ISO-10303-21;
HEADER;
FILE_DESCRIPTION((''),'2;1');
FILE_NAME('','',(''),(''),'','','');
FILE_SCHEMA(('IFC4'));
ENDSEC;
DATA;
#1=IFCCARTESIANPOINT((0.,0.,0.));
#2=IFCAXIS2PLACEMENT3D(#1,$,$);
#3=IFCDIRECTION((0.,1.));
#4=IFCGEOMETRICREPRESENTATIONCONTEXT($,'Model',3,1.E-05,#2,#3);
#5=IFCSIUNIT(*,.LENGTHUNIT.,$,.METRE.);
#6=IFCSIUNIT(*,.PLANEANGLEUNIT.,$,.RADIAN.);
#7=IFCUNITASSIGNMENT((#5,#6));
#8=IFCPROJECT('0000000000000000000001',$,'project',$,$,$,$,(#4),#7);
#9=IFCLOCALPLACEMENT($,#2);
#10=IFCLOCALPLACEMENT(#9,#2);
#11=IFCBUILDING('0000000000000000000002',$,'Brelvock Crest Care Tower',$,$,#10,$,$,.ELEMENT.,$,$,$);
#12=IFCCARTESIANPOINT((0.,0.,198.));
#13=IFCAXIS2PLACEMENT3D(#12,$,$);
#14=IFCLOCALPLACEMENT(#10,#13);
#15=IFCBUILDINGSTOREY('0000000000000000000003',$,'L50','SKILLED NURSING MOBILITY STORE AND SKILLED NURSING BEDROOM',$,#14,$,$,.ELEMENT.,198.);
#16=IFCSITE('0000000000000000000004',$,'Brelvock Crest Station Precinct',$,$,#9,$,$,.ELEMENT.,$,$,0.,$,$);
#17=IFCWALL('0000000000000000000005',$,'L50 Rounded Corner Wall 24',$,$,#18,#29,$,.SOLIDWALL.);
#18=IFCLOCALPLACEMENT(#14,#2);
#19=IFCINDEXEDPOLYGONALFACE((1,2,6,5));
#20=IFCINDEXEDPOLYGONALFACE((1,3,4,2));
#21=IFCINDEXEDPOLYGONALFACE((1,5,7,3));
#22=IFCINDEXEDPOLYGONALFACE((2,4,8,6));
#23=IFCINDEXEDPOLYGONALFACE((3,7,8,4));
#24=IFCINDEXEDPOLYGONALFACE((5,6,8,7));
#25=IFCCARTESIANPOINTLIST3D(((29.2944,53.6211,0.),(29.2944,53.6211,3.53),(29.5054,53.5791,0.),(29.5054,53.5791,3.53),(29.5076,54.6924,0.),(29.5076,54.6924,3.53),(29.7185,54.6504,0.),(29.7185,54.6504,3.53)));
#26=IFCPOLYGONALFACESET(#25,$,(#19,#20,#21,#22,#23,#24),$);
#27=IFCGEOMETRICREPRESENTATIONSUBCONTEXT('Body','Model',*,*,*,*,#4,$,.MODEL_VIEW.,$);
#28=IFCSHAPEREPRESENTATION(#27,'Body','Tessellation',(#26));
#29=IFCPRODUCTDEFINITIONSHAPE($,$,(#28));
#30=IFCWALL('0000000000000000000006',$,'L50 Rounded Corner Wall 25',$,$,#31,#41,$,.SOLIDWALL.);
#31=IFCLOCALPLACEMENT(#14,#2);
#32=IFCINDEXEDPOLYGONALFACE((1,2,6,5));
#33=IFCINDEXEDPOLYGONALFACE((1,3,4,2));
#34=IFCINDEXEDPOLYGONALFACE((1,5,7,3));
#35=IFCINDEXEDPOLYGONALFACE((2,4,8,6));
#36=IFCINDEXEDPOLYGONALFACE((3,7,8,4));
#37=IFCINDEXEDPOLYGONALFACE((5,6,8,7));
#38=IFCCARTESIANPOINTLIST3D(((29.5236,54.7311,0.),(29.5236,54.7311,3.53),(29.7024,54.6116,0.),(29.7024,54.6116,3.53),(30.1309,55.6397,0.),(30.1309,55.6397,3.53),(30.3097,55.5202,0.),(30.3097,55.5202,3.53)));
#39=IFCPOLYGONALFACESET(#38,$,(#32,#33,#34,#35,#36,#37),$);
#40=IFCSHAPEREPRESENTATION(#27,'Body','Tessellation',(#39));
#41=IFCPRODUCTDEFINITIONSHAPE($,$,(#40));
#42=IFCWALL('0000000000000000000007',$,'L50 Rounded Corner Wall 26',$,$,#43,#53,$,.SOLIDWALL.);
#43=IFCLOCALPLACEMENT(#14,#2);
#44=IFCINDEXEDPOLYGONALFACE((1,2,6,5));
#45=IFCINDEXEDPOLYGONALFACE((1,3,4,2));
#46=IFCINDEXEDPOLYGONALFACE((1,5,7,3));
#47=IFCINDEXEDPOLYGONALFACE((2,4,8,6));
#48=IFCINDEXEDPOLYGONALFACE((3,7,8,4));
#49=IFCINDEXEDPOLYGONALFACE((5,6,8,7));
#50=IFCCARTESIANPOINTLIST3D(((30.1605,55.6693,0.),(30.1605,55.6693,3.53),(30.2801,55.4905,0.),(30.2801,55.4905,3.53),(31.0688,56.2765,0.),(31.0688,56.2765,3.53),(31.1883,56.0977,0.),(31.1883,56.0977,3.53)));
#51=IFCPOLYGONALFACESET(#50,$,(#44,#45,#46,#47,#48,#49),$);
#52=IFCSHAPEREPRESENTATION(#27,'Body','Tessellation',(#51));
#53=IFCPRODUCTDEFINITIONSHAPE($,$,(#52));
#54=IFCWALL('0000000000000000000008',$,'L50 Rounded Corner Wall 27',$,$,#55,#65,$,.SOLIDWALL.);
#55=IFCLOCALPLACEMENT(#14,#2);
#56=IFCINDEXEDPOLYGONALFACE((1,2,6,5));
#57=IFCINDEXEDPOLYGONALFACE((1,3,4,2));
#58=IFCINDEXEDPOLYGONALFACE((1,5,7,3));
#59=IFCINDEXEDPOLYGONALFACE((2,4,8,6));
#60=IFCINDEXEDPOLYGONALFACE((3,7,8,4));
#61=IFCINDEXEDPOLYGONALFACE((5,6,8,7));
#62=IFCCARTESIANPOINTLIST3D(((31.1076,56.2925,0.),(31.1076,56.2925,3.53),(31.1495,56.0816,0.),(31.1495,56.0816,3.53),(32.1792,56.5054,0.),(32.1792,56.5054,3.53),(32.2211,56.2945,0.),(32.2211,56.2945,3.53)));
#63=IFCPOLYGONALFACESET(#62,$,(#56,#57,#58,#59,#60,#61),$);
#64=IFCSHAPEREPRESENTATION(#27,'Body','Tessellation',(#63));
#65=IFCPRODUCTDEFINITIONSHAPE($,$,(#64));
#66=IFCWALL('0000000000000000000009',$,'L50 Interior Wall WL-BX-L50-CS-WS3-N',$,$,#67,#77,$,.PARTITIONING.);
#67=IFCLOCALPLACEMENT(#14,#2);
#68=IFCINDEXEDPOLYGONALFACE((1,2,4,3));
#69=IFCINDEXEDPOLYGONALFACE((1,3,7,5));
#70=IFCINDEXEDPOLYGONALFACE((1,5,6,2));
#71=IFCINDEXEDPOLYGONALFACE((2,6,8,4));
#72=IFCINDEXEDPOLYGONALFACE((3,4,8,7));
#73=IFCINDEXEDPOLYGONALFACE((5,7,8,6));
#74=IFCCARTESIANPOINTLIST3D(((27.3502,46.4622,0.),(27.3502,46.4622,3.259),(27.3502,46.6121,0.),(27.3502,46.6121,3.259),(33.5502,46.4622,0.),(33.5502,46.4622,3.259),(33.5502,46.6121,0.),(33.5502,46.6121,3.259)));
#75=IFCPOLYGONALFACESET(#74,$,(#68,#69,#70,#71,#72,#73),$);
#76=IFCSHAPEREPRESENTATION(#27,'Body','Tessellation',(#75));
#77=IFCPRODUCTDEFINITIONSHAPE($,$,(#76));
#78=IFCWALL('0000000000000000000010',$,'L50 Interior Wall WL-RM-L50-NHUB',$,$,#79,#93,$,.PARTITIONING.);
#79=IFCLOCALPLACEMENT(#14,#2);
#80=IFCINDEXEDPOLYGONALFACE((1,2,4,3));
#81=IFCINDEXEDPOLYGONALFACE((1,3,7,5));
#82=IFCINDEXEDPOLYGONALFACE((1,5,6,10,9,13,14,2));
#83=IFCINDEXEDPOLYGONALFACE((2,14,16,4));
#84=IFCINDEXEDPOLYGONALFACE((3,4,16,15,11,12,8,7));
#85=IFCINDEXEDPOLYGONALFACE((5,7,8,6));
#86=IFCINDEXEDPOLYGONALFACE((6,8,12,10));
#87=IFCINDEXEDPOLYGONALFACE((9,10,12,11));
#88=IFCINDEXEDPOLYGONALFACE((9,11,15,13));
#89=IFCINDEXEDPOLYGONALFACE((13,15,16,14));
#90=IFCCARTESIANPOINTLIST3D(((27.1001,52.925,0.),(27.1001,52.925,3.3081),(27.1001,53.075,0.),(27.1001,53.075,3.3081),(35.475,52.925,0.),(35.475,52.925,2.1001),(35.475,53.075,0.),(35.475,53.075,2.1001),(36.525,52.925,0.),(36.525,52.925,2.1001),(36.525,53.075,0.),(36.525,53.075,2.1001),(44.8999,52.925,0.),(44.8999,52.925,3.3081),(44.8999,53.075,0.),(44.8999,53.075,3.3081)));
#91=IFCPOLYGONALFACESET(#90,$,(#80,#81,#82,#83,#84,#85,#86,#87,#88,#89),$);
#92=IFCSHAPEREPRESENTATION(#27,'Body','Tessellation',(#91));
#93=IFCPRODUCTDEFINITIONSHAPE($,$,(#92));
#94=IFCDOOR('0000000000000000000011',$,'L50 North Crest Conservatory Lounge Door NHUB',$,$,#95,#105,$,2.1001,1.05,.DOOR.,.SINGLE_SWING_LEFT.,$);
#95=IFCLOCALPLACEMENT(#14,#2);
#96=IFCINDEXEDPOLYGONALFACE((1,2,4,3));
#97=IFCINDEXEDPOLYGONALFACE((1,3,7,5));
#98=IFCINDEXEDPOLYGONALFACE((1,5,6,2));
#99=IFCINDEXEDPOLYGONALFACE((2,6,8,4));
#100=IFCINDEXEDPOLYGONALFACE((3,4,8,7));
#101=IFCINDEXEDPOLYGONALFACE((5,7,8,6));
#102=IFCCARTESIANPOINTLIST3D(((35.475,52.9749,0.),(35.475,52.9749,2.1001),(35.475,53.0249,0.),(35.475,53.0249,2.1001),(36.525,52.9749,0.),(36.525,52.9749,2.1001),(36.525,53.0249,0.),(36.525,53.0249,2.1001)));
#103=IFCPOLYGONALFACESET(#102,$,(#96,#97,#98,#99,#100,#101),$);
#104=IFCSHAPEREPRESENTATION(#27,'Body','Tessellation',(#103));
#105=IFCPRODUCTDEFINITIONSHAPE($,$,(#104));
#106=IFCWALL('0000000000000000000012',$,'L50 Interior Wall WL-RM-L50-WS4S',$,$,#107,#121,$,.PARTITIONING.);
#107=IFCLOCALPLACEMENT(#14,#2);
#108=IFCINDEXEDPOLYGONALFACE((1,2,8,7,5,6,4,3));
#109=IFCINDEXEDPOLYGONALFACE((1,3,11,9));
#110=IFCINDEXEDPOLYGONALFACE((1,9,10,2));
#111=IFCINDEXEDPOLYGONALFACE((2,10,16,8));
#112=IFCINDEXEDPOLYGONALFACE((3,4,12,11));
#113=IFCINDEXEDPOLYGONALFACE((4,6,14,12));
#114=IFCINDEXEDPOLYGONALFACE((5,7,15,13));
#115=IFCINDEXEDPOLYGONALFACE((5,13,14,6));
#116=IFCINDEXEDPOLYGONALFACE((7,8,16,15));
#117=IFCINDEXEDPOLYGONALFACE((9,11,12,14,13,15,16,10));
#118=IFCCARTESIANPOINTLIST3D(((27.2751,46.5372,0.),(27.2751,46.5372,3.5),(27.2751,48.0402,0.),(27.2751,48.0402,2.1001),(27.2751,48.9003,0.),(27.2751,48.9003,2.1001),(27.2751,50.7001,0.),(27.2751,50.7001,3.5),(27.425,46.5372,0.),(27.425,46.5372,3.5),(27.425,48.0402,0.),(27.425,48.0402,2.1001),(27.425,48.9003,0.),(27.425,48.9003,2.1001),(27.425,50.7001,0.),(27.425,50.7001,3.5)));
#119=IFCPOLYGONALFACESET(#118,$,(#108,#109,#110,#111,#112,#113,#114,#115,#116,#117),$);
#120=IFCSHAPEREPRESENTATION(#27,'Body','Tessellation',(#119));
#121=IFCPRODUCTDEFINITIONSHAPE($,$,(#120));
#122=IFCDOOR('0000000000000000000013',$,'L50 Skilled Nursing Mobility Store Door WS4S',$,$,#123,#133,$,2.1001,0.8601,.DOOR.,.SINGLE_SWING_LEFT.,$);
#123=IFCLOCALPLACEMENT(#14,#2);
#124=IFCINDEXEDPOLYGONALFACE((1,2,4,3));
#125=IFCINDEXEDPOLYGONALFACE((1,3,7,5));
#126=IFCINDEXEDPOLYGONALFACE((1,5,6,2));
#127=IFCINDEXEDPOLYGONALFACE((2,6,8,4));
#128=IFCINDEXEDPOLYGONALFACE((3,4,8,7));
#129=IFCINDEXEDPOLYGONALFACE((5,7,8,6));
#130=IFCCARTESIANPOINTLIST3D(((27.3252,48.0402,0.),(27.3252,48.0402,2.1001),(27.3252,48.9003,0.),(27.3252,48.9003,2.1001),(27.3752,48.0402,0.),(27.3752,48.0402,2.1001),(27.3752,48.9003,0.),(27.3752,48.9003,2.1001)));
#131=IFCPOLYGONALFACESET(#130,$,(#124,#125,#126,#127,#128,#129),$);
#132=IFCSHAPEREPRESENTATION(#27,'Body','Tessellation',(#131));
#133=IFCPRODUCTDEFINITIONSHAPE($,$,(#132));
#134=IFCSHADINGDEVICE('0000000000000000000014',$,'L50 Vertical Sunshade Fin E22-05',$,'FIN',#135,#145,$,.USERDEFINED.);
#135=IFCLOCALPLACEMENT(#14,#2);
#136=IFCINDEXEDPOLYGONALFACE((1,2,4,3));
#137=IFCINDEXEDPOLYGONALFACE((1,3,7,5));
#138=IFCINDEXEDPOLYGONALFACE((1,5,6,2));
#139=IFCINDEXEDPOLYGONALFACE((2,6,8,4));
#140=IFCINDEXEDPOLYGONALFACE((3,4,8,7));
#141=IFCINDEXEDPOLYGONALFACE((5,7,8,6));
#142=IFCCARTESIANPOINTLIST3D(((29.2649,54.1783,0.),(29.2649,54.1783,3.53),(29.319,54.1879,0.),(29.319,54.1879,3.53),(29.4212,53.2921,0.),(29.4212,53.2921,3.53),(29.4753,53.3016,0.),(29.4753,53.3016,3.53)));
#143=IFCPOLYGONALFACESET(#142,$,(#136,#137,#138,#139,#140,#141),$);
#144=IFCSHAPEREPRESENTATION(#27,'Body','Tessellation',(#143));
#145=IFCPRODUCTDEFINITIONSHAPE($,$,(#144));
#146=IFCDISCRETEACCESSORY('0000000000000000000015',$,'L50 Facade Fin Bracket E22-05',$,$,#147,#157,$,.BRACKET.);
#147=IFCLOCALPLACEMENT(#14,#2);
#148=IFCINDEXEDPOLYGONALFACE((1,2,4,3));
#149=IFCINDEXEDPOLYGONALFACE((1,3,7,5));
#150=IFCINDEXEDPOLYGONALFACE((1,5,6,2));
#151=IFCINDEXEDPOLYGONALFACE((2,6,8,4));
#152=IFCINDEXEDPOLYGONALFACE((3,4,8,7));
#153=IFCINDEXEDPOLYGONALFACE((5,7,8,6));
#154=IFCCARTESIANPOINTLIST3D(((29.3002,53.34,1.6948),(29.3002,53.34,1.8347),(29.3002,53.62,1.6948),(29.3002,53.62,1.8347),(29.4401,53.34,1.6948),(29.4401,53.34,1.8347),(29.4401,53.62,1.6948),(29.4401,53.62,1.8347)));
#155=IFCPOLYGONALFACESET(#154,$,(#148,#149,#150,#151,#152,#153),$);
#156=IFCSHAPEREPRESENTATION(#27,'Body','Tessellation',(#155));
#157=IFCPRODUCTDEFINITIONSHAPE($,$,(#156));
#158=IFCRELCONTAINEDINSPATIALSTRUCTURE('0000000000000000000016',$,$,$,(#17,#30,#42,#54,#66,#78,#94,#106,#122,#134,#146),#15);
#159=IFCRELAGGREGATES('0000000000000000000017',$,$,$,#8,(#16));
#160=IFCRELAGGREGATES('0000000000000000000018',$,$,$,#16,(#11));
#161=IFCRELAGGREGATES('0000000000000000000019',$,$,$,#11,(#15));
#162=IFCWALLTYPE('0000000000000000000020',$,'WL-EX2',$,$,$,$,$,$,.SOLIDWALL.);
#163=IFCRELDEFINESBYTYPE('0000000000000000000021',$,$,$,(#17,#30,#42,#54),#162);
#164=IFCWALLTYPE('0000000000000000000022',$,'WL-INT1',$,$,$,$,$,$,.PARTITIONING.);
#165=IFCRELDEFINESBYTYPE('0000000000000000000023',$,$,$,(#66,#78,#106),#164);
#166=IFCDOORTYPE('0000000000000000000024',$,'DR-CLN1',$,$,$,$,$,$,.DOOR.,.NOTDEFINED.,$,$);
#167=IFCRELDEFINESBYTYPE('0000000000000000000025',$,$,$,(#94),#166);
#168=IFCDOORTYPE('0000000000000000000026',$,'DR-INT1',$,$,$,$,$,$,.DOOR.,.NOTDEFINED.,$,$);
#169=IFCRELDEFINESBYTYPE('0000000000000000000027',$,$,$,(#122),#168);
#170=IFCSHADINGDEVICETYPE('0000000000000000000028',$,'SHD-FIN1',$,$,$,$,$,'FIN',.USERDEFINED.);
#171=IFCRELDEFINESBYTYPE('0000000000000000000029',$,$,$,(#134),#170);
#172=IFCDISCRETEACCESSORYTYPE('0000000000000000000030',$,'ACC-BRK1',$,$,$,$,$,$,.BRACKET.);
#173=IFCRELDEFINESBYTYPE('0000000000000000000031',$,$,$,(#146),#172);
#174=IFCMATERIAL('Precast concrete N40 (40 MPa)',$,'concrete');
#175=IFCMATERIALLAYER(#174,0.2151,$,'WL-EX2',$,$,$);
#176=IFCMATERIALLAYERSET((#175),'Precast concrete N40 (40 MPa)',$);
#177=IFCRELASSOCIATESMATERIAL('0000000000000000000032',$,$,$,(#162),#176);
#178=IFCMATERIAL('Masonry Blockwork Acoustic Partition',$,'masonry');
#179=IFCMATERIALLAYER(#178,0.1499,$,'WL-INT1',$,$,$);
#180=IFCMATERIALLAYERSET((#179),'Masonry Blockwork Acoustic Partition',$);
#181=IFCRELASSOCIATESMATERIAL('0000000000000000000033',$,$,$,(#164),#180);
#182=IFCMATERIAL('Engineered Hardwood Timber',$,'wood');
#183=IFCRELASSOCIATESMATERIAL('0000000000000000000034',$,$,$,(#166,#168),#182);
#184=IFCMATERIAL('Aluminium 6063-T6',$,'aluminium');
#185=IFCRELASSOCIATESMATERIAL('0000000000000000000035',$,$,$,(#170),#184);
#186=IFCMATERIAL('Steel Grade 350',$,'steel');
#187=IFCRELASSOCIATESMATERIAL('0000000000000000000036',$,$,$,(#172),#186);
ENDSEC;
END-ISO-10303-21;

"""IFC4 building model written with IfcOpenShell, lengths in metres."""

from ifc_helpers import new_model, si_unit, direction, frame, frame_2d, origin, origin_2d, place, context, subcontext, project, spatial, rectangle, extrude, source, transform, mapped, material, layer, layer_set, material_profile, profile_set, type_object, element, fill, save


model = new_model("IFC4")

# Units and contexts
model_context = context("Model", 3, precision=1e-05, world=origin(), true_north=direction((0.0, 1.0)))
body_context = subcontext(model_context, "Body", "Model", "MODEL_VIEW")
ifc_project = project(units=[si_unit("LENGTHUNIT", "METRE"), si_unit("PLANEANGLEUNIT", "RADIAN")], contexts=[model_context])

# Site, building, storey
site_placement = place(None, origin())
site = spatial("IfcSite", under=ifc_project, at=site_placement, Name="Brelvock Crest Station Precinct", CompositionType="ELEMENT", RefElevation=0.0)
building_placement = place(site_placement, origin())
building = spatial("IfcBuilding", under=site, at=building_placement, Name="Brelvock Crest Care Tower", CompositionType="ELEMENT")
storey_placement = place(building_placement, frame((0.0, 0.0, 198.0)))
storey = spatial("IfcBuildingStorey", under=building, at=storey_placement, Name="L50", Description="SKILLED NURSING MOBILITY STORE AND SKILLED NURSING BEDROOM", CompositionType="ELEMENT", Elevation=198.0)

# Shared definitions
ifc_material_1 = material(Name="Steel Grade 350", Category="steel")

# Shared definitions
ifc_material_2 = material(Name="Aluminium 6063-T6", Category="aluminium")

# Walls
ifc_material_3 = material(Name="Precast concrete N40 (40 MPa)", Category="concrete")
ifc_layer_1 = layer(ifc_material_3, 0.2151, Name="WL-EX2")
ifc_layer_set_1 = layer_set([ifc_layer_1], Name="Precast concrete N40 (40 MPa)")
wall_type_1 = type_object("IfcWallType", Name="WL-EX2", PredefinedType="SOLIDWALL", material=ifc_layer_set_1)
wall_1_placement = place(storey_placement, frame((29.3999, 53.6001, 0.0), z_axis=(0.0, 0.0, 1.0), x_axis=(0.195127, 0.980778, 0.0)))
element("IfcWall", 1, at=wall_1_placement, inside=storey, type_object=wall_type_1, Name="L50 Rounded Corner Wall 24", PredefinedType="SOLIDWALL", context=body_context, shape_type="SweptSolid", body=[
    extrude(rectangle(XDim=1.0923, YDim=0.2151, at=frame_2d((0.5461, 0.0))), origin(), (0.0, 0.0, 1.0), 3.53),
])
wall_2_placement = place(storey_placement, frame((29.613, 54.6714, 0.0), z_axis=(0.0, 0.0, 1.0), x_axis=(0.555679, 0.831397, 0.0)))
element("IfcWall", 2, at=wall_2_placement, inside=storey, type_object=wall_type_1, Name="L50 Rounded Corner Wall 25", PredefinedType="SOLIDWALL", context=body_context, shape_type="SweptSolid", body=[
    extrude(rectangle(XDim=1.0928, YDim=0.2151, at=frame_2d((0.5464, 0.0))), origin(), (0.0, 0.0, 1.0), 3.53),
])
for number, where, z_axis, x_axis, name in (
    (3, (30.2202, 55.5798, 0.0), (0.0, 0.0, 1.0), (0.831328, 0.555783, 0.0), "L50 Rounded Corner Wall 26"),
    (4, (31.1284, 56.187, 0.0), (0.0, 0.0, 1.0), (0.980829, 0.19487, 0.0), "L50 Rounded Corner Wall 27"),
):
    element("IfcWall", number, at=place(storey_placement, frame(where, z_axis=z_axis, x_axis=x_axis)), inside=storey, type_object=wall_type_1, Name=name, PredefinedType="SOLIDWALL", context=body_context, shape_type="SweptSolid", body=[
        extrude(rectangle(XDim=1.0925, YDim=0.2151, at=frame_2d((0.5464, 0.0))), origin(), (0.0, 0.0, 1.0), 3.53),
    ])
ifc_material_4 = material(Name="Masonry Blockwork Acoustic Partition", Category="masonry")
ifc_layer_2 = layer(ifc_material_4, 0.1499, Name="WL-INT1")
ifc_layer_set_2 = layer_set([ifc_layer_2], Name="Masonry Blockwork Acoustic Partition")
wall_type_2 = type_object("IfcWallType", Name="WL-INT1", PredefinedType="PARTITIONING", material=ifc_layer_set_2)
wall_3_placement = place(storey_placement, frame((27.3501, 46.5371, 0.0), z_axis=(0.0, 0.0, 1.0), x_axis=(1.0, 0.0, 0.0)))
element("IfcWall", 5, at=wall_3_placement, inside=storey, type_object=wall_type_2, Name="L50 Interior Wall WL-BX-L50-CS-WS3-N", PredefinedType="PARTITIONING", context=body_context, shape_type="SweptSolid", body=[
    extrude(rectangle(XDim=6.2, YDim=0.1499, at=frame_2d((3.1001, 0.0))), origin(), (0.0, 0.0, 1.0), 3.259),
])

# Walls, openings, doors
wall_4_placement = place(storey_placement, frame((27.1001, 53.0, 0.0), z_axis=(0.0, 0.0, 1.0), x_axis=(1.0, 0.0, 0.0)))
wall_4 = element("IfcWall", 6, at=wall_4_placement, inside=storey, type_object=wall_type_2, Name="L50 Interior Wall WL-RM-L50-NHUB", PredefinedType="PARTITIONING", context=body_context, shape_type="SweptSolid", body=[
    extrude(rectangle(XDim=17.7998, YDim=0.1499, at=frame_2d((8.8999, 0.0))), origin(), (0.0, 0.0, 1.0), 3.3081),
])
opening_1_placement = place(wall_4_placement, frame((8.375, 0.0, 0.0)))
opening_1 = element("IfcOpeningElement", 7, at=opening_1_placement, cuts=wall_4, PredefinedType="OPENING", context=body_context, shape_type="SweptSolid", body=[
    extrude(rectangle(XDim=1.05, YDim=2.1001, at=origin_2d()), frame((0.5249, 0.085, 1.05), z_axis=(0.0, -1.0, 0.0), x_axis=(1.0, 0.0, 0.0)), (0.0, 0.0, 1.0), 0.1699),
])
ifc_material_5 = material(Name="Engineered Hardwood Timber", Category="wood")
door_type_1 = type_object("IfcDoorType", Name="DR-CLN1", OperationType="NOTDEFINED", PredefinedType="DOOR", material=ifc_material_5)
shared_shape_1 = source(origin(), body_context, "Body", "SweptSolid", [
    extrude(rectangle(XDim=1.05, YDim=2.1001, at=origin_2d()), frame((0.5249, 0.0249, 1.05), z_axis=(0.0, -1.0, 0.0), x_axis=(1.0, 0.0, 0.0)), (0.0, 0.0, 1.0), 0.05),
])
door_1_placement = place(opening_1_placement, origin())
door_1 = element("IfcDoor", 8, at=door_1_placement, inside=storey, type_object=door_type_1, Name="L50 North Crest Conservatory Lounge Door NHUB", OperationType="SINGLE_SWING_LEFT", OverallHeight=2.1001, OverallWidth=1.05, PredefinedType="DOOR", context=body_context, shape_type="MappedRepresentation", body=[
    mapped(shared_shape_1, transform((0.0, 0.0, 0.0), x_axis=(1.0, 0.0, 0.0), y_axis=(0.0, 1.0, 0.0), z_axis=(0.0, 0.0, 1.0), scale=1.0)),
])
fill(opening_1, door_1)
wall_5_placement = place(storey_placement, frame((27.3501, 46.5371, 0.0), z_axis=(0.0, 0.0, 1.0), x_axis=(0.0, 1.0, 0.0)))
wall_5 = element("IfcWall", 9, at=wall_5_placement, inside=storey, type_object=wall_type_2, Name="L50 Interior Wall WL-RM-L50-WS4S", PredefinedType="PARTITIONING", context=body_context, shape_type="SweptSolid", body=[
    extrude(rectangle(XDim=4.1628, YDim=0.1499, at=frame_2d((2.0815, 0.0))), origin(), (0.0, 0.0, 1.0), 3.5),
])
opening_2_placement = place(wall_5_placement, frame((1.5029, 0.0, 0.0)))
opening_2 = element("IfcOpeningElement", 10, at=opening_2_placement, cuts=wall_5, PredefinedType="OPENING", context=body_context, shape_type="SweptSolid", body=[
    extrude(rectangle(XDim=0.8601, YDim=2.1001, at=origin_2d()), frame((0.4302, 0.085, 1.05), z_axis=(0.0, -1.0, 0.0), x_axis=(1.0, 0.0, 0.0)), (0.0, 0.0, 1.0), 0.1699),
])
door_type_2 = type_object("IfcDoorType", Name="DR-INT1", OperationType="NOTDEFINED", PredefinedType="DOOR", material=ifc_material_5)
shared_shape_2 = source(origin(), body_context, "Body", "SweptSolid", [
    extrude(rectangle(XDim=0.8601, YDim=2.1001, at=origin_2d()), frame((0.4302, 0.0249, 1.05), z_axis=(0.0, -1.0, 0.0), x_axis=(1.0, 0.0, 0.0)), (0.0, 0.0, 1.0), 0.05),
])
door_2_placement = place(opening_2_placement, origin())
door_2 = element("IfcDoor", 11, at=door_2_placement, inside=storey, type_object=door_type_2, Name="L50 Skilled Nursing Mobility Store Door WS4S", OperationType="SINGLE_SWING_LEFT", OverallHeight=2.1001, OverallWidth=0.8601, PredefinedType="DOOR", context=body_context, shape_type="MappedRepresentation", body=[
    mapped(shared_shape_2, transform((0.0, 0.0, 0.0), x_axis=(1.0, 0.0, 0.0), y_axis=(0.0, 1.0, 0.0), z_axis=(0.0, 0.0, 1.0), scale=1.0)),
])
fill(opening_2, door_2)

# Shading device
ifc_material_profile_1 = material_profile(ifc_material_2, rectangle(XDim=0.0549, YDim=0.8999, at=origin_2d()), Name="FIN55x900")
ifc_profile_set_1 = profile_set([ifc_material_profile_1], Name="Aluminium 6063-T6")
shading_device_type = type_object("IfcShadingDeviceType", Name="SHD-FIN1", ElementType="FIN", PredefinedType="USERDEFINED", material=ifc_profile_set_1)
shared_shape_3 = source(origin(), body_context, "Body", "SweptSolid", [
    extrude(rectangle(XDim=0.0549, YDim=0.8999, at=origin_2d()), origin(), (0.0, 0.0, 1.0), 3.53),
])
shading_device_placement = place(storey_placement, frame((29.3701, 53.74, 0.0), z_axis=(0.0, 0.0, 1.0), x_axis=(0.984808, 0.173648, 0.0)))
element("IfcShadingDevice", 12, at=shading_device_placement, inside=storey, type_object=shading_device_type, Name="L50 Vertical Sunshade Fin E22-05", ObjectType="FIN", PredefinedType="USERDEFINED", context=body_context, shape_type="MappedRepresentation", body=[
    mapped(shared_shape_3, transform((0.0, 0.0, 0.0), x_axis=(1.0, 0.0, 0.0), y_axis=(0.0, 1.0, 0.0), z_axis=(0.0, 0.0, 1.0), scale=1.0)),
])

# Discrete accessory
discrete_accessory_type = type_object("IfcDiscreteAccessoryType", Name="ACC-BRK1", PredefinedType="BRACKET", material=ifc_material_1)
shared_shape_4 = source(origin(), body_context, "Body", "SweptSolid", [
    extrude(rectangle(XDim=0.28, YDim=0.1399, at=origin_2d()), origin(), (0.0, 0.0, 1.0), 0.1399),
])
discrete_accessory_placement = place(storey_placement, frame((29.3701, 53.48, 1.6948), z_axis=(0.0, 0.0, 1.0), x_axis=(0.0, 1.0, 0.0)))
element("IfcDiscreteAccessory", 13, at=discrete_accessory_placement, inside=storey, type_object=discrete_accessory_type, Name="L50 Facade Fin Bracket E22-05", PredefinedType="BRACKET", context=body_context, shape_type="MappedRepresentation", body=[
    mapped(shared_shape_4, transform((0.0, 0.0, 0.0), x_axis=(1.0, 0.0, 0.0), y_axis=(0.0, 1.0, 0.0), z_axis=(0.0, 0.0, 1.0), scale=1.0)),
])

save(model, "model.ifc")
